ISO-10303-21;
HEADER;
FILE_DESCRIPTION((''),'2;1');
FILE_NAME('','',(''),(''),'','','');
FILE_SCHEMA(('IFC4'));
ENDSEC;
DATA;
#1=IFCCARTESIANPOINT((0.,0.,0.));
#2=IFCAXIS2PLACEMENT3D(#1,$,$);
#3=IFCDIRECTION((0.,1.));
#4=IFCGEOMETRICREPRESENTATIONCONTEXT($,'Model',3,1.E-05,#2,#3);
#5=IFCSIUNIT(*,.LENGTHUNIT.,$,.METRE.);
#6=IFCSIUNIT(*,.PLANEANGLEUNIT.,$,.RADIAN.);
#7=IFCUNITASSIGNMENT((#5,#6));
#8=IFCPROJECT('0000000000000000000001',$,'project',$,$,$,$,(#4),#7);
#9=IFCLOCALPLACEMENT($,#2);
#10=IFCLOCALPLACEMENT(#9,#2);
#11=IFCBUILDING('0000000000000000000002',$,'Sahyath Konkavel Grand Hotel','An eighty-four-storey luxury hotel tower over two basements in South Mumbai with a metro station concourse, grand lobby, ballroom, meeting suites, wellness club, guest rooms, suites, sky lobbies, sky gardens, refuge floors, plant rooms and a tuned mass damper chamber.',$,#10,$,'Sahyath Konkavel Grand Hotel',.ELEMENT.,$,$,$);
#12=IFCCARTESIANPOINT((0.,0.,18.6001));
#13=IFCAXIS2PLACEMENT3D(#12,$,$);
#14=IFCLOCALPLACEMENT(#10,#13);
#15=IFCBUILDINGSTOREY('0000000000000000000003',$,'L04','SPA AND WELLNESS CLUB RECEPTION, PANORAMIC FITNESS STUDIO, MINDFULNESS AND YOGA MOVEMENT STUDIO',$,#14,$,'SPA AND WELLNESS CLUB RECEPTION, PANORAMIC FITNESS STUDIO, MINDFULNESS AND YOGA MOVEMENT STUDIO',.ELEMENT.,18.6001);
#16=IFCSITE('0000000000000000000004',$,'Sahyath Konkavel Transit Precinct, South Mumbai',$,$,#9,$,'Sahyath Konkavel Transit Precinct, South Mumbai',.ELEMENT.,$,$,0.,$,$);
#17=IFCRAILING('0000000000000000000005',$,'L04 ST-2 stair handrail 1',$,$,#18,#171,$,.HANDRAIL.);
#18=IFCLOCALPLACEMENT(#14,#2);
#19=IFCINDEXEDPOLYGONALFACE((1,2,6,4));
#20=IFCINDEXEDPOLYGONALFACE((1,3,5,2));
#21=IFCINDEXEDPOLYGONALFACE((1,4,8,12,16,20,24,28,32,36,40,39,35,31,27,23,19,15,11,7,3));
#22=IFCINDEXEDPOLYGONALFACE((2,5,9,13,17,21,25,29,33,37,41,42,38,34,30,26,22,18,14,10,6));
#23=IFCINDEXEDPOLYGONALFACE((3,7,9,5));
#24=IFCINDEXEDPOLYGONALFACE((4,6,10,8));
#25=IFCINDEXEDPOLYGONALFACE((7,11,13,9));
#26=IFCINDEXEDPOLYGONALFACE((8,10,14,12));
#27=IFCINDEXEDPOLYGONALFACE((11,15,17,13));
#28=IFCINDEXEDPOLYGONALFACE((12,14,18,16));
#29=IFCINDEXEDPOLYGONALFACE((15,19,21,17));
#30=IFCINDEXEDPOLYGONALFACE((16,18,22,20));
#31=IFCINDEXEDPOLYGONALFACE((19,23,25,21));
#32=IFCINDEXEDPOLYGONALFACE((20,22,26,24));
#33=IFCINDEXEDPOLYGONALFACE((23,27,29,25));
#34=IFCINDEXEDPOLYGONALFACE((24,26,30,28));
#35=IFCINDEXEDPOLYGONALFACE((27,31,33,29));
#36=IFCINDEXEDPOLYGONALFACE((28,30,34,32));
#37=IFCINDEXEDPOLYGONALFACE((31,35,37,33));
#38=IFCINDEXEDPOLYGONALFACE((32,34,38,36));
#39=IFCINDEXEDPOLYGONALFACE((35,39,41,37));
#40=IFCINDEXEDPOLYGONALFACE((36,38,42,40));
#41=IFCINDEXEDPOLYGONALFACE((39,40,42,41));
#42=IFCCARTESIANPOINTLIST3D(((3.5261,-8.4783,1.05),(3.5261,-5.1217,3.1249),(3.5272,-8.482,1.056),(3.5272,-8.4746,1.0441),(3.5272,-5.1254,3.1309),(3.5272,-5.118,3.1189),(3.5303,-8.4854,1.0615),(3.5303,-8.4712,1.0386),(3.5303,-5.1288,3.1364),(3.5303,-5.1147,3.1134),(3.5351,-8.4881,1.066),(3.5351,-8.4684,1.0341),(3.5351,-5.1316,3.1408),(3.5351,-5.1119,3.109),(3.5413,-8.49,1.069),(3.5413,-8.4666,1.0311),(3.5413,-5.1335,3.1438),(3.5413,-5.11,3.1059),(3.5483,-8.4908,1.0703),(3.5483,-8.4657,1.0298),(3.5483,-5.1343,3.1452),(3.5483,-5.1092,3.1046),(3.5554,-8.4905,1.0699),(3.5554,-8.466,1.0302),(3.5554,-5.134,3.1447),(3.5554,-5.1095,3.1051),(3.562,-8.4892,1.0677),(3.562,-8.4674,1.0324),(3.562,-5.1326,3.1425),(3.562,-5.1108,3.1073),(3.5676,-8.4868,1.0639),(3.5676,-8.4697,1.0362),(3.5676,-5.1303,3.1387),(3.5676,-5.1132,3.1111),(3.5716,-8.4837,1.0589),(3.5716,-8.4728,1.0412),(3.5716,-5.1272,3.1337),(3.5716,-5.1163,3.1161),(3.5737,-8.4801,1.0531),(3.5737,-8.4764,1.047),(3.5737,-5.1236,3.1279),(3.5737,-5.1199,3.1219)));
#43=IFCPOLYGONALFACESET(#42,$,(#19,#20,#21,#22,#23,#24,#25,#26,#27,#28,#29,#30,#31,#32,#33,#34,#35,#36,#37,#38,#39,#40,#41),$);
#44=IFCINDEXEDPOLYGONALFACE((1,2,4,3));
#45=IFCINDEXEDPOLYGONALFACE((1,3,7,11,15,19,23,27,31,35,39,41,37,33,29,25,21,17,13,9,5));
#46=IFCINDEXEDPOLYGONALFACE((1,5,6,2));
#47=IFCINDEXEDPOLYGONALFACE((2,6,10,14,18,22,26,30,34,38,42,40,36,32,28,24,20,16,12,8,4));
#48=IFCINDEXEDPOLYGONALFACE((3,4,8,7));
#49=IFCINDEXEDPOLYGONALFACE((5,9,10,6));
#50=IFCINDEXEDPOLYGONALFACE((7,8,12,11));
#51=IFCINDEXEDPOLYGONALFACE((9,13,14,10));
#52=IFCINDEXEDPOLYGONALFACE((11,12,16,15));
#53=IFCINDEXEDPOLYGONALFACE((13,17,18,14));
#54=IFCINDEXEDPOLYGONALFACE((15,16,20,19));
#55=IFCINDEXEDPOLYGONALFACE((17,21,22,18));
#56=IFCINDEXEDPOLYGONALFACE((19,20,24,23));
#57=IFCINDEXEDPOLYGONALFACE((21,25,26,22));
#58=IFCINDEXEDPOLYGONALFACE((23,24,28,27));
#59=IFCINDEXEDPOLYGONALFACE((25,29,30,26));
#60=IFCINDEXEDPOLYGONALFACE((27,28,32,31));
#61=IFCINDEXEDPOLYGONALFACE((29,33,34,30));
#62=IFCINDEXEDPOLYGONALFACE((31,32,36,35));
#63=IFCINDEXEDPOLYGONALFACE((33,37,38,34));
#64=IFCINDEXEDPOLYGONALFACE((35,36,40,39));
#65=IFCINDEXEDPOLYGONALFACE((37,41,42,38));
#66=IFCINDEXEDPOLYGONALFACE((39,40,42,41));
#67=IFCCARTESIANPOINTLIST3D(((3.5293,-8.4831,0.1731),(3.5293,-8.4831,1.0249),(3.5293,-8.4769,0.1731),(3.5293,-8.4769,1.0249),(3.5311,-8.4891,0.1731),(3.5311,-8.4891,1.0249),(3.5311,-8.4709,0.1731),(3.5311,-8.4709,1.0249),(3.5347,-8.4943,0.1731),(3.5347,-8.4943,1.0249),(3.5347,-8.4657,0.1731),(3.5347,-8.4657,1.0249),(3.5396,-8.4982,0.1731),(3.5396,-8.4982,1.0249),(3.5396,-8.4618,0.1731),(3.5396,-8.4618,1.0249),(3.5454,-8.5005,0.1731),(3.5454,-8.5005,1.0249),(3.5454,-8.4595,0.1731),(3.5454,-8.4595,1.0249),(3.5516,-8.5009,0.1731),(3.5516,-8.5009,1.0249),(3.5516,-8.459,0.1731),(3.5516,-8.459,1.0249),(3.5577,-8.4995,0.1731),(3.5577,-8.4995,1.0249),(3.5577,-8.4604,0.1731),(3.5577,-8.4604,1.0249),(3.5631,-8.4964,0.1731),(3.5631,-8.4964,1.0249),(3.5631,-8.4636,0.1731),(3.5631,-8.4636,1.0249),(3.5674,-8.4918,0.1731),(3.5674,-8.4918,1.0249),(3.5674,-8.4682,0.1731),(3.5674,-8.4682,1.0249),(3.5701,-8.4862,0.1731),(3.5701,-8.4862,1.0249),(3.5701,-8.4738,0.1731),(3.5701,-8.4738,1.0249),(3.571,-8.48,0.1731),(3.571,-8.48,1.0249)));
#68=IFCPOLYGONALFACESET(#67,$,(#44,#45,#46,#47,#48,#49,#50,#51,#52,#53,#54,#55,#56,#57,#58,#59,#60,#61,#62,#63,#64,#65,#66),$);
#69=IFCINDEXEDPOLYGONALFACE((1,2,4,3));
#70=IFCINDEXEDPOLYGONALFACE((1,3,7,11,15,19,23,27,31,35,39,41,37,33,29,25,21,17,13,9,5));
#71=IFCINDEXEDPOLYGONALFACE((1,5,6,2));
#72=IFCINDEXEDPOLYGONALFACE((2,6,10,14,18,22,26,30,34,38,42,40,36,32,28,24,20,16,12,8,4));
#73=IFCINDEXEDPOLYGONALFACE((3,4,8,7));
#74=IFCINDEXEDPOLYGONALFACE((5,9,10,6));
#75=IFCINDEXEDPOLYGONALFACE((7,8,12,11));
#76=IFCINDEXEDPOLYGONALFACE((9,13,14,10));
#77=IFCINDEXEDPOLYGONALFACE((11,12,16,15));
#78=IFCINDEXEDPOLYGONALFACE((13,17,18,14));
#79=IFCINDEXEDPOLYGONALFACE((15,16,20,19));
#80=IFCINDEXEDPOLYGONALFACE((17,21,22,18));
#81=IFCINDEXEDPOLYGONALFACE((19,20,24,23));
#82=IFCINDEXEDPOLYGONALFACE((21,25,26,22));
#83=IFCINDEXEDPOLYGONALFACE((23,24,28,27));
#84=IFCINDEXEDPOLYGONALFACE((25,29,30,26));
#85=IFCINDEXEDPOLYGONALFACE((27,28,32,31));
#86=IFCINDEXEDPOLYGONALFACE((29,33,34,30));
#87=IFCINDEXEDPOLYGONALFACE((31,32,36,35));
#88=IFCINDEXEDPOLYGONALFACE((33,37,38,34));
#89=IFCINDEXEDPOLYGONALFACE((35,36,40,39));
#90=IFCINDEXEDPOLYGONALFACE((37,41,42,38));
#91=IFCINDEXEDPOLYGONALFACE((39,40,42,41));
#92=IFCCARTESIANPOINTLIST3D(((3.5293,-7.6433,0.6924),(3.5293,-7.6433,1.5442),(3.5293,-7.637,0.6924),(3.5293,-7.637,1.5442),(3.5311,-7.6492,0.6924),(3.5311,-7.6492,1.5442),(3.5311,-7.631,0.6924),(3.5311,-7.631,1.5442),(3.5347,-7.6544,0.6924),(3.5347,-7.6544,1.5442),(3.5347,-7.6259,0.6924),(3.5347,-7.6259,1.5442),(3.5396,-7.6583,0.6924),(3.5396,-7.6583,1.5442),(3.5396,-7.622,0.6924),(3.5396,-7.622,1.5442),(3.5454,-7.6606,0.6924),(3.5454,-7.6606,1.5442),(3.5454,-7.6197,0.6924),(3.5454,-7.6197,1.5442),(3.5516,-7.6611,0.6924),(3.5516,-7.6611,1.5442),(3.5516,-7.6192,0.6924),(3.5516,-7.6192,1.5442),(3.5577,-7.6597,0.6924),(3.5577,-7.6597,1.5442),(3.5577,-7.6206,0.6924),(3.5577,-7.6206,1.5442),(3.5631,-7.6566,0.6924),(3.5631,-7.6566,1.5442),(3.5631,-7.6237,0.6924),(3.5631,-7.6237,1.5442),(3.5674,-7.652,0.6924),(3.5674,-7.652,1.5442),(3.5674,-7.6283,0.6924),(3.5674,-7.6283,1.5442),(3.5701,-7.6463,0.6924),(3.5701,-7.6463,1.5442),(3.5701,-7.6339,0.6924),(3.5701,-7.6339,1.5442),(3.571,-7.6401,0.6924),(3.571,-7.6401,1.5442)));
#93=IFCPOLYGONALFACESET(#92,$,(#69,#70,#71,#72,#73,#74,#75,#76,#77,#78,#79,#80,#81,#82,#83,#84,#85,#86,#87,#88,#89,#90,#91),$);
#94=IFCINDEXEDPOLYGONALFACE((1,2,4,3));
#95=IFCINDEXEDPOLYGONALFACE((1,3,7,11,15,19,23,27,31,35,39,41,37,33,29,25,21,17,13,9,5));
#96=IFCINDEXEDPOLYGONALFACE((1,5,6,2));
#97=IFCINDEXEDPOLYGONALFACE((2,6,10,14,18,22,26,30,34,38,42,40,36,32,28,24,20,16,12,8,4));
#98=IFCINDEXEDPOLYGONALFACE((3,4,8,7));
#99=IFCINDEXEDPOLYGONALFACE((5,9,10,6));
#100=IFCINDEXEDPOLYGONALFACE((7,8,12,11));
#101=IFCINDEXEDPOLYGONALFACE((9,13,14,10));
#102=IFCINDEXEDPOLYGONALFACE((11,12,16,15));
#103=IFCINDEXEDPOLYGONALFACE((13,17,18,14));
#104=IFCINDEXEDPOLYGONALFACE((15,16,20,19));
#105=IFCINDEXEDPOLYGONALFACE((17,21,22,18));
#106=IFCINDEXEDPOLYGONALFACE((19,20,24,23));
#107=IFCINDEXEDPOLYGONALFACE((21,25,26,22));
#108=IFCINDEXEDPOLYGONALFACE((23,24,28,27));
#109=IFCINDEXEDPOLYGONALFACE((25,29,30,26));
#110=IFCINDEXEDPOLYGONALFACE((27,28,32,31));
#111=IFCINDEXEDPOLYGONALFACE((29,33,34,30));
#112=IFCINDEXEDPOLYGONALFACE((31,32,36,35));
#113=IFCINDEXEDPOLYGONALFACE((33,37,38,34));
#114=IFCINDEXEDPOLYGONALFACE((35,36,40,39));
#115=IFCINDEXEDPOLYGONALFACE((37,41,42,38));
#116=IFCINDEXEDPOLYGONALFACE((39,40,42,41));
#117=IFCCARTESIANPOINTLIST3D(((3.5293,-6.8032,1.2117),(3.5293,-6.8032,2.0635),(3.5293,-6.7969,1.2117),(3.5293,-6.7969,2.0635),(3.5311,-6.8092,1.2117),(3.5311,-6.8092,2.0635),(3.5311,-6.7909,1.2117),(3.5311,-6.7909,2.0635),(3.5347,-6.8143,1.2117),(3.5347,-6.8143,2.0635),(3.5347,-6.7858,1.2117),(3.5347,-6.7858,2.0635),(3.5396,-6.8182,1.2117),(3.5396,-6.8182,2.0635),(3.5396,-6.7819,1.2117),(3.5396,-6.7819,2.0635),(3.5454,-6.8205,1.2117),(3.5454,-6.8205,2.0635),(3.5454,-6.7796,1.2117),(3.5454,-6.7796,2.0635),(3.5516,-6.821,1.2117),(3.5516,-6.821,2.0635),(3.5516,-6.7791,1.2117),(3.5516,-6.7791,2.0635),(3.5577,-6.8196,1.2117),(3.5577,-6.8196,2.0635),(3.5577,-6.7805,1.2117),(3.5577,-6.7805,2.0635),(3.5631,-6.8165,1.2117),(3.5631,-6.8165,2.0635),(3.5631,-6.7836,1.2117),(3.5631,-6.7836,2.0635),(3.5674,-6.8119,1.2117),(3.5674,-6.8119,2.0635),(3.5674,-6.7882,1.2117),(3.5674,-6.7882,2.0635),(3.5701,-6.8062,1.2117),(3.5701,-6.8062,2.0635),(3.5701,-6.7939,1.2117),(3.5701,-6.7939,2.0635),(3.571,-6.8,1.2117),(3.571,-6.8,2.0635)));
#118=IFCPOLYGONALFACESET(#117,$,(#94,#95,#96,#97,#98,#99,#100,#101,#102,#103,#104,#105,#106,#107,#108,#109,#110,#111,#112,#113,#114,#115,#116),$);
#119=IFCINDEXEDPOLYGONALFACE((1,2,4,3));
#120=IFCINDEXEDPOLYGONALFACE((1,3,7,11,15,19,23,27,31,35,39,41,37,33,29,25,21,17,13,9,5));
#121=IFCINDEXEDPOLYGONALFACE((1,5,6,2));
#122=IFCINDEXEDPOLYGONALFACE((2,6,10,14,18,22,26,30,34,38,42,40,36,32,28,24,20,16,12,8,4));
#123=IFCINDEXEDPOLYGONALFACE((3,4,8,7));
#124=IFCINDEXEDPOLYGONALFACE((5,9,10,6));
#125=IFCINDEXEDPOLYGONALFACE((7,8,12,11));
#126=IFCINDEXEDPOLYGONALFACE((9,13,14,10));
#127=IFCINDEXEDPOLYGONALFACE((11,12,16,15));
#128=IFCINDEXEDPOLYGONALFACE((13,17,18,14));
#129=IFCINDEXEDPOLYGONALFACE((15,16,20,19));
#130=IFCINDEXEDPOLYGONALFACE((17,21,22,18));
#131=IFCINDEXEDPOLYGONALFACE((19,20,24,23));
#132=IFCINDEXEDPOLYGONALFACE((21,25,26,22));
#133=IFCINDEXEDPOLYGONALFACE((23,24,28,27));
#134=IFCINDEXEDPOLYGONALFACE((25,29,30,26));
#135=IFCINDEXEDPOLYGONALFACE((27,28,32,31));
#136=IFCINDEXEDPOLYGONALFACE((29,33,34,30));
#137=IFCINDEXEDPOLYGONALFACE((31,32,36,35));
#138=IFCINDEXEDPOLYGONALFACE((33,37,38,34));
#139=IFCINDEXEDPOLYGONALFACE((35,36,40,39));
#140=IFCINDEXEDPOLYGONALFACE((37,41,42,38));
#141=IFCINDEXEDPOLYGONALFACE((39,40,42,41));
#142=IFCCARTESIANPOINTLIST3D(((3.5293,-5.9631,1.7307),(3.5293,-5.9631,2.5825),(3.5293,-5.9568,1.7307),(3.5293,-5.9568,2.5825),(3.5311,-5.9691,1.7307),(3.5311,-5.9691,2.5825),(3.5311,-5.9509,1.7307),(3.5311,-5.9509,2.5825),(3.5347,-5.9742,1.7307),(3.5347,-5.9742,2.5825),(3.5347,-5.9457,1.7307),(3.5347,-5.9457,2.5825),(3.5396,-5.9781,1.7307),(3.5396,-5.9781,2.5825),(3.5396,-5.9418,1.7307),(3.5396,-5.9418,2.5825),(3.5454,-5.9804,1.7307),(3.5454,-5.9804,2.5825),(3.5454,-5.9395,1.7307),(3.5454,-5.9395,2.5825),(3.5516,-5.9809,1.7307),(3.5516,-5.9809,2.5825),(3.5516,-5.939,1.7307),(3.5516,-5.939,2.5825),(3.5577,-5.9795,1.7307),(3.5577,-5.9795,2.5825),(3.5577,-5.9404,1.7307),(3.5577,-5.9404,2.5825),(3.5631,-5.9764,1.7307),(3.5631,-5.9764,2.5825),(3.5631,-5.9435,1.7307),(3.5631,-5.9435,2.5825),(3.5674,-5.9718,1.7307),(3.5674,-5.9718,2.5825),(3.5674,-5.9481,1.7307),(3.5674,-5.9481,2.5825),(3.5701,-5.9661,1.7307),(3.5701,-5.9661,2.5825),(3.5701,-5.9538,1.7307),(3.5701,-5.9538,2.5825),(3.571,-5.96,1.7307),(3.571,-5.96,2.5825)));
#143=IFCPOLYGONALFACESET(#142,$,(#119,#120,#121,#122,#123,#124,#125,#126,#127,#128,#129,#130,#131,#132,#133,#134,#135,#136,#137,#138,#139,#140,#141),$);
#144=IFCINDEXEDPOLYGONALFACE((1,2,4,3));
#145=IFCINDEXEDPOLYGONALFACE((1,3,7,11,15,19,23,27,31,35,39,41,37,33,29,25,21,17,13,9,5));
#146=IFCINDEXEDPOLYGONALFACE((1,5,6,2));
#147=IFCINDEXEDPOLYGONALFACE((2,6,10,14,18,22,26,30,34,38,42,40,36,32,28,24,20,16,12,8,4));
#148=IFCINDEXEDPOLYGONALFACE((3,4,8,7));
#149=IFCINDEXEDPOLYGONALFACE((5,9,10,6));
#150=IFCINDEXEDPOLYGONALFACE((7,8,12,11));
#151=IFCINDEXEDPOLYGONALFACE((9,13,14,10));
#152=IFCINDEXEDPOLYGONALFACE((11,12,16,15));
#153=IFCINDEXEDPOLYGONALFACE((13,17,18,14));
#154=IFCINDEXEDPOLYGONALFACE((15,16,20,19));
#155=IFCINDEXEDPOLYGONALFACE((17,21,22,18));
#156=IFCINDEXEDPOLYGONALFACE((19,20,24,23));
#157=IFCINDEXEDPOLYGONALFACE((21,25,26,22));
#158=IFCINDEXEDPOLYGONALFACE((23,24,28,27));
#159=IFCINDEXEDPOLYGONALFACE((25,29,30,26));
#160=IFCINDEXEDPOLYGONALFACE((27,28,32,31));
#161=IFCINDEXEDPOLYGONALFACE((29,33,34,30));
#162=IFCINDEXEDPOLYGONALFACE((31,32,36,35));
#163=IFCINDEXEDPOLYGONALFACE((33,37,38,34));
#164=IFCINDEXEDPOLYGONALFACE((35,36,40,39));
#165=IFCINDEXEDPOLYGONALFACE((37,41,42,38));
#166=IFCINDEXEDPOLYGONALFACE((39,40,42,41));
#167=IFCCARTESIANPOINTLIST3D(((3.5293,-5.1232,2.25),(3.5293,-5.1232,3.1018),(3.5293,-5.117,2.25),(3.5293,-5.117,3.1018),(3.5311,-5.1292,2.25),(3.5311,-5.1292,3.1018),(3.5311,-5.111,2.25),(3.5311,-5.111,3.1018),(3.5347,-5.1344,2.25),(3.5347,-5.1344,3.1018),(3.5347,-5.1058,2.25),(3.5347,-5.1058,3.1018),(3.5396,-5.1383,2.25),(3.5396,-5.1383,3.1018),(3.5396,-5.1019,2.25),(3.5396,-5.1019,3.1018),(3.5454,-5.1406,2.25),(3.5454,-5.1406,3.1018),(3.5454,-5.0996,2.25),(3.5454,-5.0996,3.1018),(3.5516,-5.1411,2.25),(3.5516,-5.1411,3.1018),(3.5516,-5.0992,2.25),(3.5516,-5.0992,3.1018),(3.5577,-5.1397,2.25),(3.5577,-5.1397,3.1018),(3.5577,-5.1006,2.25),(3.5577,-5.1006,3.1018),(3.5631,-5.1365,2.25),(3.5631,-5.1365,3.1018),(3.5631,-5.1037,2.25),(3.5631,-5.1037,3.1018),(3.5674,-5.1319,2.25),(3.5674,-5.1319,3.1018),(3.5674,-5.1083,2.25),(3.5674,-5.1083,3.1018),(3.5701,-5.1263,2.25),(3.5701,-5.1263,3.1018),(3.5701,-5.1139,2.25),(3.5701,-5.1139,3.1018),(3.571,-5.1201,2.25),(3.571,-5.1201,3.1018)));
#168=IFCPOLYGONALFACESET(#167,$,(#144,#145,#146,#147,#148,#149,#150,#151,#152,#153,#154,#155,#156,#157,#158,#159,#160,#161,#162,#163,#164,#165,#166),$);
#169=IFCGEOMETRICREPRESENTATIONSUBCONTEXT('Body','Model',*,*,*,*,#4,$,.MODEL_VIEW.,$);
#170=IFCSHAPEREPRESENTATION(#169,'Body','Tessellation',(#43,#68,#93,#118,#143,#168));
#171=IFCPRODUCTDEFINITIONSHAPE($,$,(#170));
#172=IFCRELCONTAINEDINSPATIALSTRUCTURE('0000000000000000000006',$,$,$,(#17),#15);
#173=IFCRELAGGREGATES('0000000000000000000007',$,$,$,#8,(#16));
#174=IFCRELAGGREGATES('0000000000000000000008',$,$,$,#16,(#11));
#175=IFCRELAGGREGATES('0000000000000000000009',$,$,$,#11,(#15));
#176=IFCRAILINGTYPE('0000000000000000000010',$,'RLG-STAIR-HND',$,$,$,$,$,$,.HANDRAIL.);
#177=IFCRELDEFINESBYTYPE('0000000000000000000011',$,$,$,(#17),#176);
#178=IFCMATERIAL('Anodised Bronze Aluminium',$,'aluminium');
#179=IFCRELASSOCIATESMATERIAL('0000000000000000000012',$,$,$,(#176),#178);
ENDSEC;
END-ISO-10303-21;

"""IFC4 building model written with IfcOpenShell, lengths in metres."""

from ifc_helpers import new_model, si_unit, direction, frame, origin, origin_2d, place, context, subcontext, project, spatial, circle, extrude, material, type_object, element, save


model = new_model("IFC4")

# Units and contexts
model_context = context("Model", 3, precision=1e-05, world=origin(), true_north=direction((0.0, 1.0)))
body_context = subcontext(model_context, "Body", "Model", "MODEL_VIEW")
ifc_project = project(units=[si_unit("LENGTHUNIT", "METRE"), si_unit("PLANEANGLEUNIT", "RADIAN")], contexts=[model_context])

# Site, building, storey
site_placement = place(None, origin())
site = spatial("IfcSite", under=ifc_project, at=site_placement, Name="Sahyath Konkavel Transit Precinct, South Mumbai", LongName="Sahyath Konkavel Transit Precinct, South Mumbai", CompositionType="ELEMENT", RefElevation=0.0)
building_placement = place(site_placement, origin())
building = spatial("IfcBuilding", under=site, at=building_placement, Name="Sahyath Konkavel Grand Hotel", Description="An eighty-four-storey luxury hotel tower over two basements in South Mumbai with a metro station concourse, grand lobby, ballroom, meeting suites, wellness club, guest rooms, suites, sky lobbies, sky gardens, refuge floors, plant rooms and a tuned mass damper chamber.", LongName="Sahyath Konkavel Grand Hotel", CompositionType="ELEMENT")
storey_placement = place(building_placement, frame((0.0, 0.0, 18.6001)))
storey = spatial("IfcBuildingStorey", under=building, at=storey_placement, Name="L04", Description="SPA AND WELLNESS CLUB RECEPTION, PANORAMIC FITNESS STUDIO, MINDFULNESS AND YOGA MOVEMENT STUDIO", LongName="SPA AND WELLNESS CLUB RECEPTION, PANORAMIC FITNESS STUDIO, MINDFULNESS AND YOGA MOVEMENT STUDIO", CompositionType="ELEMENT", Elevation=18.6001)

# Railing
ifc_material_1 = material(Name="Anodised Bronze Aluminium", Category="aluminium")
railing_type_1 = type_object("IfcRailingType", Name="RLG-STAIR-HND", PredefinedType="HANDRAIL", material=ifc_material_1)
railing_1_placement = place(storey_placement, frame((3.55, -8.48, 0.1731)))
element("IfcRailing", 1, at=railing_1_placement, inside=storey, type_object=railing_type_1, Name="L04 ST-2 stair handrail 1", PredefinedType="HANDRAIL", context=body_context, shape_type="SweptSolid", body=[
    extrude(circle(Radius=0.0239, at=origin_2d()), frame((0.0, 0.0017, 0.877), z_axis=(0.0, 0.850606, 0.525803), x_axis=(-1.0, 0.0, 0.0)), (0.0, 0.0, 1.0), 3.946),
    extrude(circle(Radius=0.021, at=origin_2d()), origin(), (0.0, 0.0, 1.0), 0.8518),
    extrude(circle(Radius=0.021, at=origin_2d()), frame((0.0, 0.8398, 0.5193)), (0.0, 0.0, 1.0), 0.8518),
    extrude(circle(Radius=0.021, at=origin_2d()), frame((0.0, 1.6799, 1.0386)), (0.0, 0.0, 1.0), 0.8518),
    extrude(circle(Radius=0.021, at=origin_2d()), frame((0.0, 2.52, 1.5576)), (0.0, 0.0, 1.0), 0.8518),
    extrude(circle(Radius=0.021, at=origin_2d()), frame((0.0, 3.3599, 2.0769)), (0.0, 0.0, 1.0), 0.8518),
])

save(model, "model.ifc")
